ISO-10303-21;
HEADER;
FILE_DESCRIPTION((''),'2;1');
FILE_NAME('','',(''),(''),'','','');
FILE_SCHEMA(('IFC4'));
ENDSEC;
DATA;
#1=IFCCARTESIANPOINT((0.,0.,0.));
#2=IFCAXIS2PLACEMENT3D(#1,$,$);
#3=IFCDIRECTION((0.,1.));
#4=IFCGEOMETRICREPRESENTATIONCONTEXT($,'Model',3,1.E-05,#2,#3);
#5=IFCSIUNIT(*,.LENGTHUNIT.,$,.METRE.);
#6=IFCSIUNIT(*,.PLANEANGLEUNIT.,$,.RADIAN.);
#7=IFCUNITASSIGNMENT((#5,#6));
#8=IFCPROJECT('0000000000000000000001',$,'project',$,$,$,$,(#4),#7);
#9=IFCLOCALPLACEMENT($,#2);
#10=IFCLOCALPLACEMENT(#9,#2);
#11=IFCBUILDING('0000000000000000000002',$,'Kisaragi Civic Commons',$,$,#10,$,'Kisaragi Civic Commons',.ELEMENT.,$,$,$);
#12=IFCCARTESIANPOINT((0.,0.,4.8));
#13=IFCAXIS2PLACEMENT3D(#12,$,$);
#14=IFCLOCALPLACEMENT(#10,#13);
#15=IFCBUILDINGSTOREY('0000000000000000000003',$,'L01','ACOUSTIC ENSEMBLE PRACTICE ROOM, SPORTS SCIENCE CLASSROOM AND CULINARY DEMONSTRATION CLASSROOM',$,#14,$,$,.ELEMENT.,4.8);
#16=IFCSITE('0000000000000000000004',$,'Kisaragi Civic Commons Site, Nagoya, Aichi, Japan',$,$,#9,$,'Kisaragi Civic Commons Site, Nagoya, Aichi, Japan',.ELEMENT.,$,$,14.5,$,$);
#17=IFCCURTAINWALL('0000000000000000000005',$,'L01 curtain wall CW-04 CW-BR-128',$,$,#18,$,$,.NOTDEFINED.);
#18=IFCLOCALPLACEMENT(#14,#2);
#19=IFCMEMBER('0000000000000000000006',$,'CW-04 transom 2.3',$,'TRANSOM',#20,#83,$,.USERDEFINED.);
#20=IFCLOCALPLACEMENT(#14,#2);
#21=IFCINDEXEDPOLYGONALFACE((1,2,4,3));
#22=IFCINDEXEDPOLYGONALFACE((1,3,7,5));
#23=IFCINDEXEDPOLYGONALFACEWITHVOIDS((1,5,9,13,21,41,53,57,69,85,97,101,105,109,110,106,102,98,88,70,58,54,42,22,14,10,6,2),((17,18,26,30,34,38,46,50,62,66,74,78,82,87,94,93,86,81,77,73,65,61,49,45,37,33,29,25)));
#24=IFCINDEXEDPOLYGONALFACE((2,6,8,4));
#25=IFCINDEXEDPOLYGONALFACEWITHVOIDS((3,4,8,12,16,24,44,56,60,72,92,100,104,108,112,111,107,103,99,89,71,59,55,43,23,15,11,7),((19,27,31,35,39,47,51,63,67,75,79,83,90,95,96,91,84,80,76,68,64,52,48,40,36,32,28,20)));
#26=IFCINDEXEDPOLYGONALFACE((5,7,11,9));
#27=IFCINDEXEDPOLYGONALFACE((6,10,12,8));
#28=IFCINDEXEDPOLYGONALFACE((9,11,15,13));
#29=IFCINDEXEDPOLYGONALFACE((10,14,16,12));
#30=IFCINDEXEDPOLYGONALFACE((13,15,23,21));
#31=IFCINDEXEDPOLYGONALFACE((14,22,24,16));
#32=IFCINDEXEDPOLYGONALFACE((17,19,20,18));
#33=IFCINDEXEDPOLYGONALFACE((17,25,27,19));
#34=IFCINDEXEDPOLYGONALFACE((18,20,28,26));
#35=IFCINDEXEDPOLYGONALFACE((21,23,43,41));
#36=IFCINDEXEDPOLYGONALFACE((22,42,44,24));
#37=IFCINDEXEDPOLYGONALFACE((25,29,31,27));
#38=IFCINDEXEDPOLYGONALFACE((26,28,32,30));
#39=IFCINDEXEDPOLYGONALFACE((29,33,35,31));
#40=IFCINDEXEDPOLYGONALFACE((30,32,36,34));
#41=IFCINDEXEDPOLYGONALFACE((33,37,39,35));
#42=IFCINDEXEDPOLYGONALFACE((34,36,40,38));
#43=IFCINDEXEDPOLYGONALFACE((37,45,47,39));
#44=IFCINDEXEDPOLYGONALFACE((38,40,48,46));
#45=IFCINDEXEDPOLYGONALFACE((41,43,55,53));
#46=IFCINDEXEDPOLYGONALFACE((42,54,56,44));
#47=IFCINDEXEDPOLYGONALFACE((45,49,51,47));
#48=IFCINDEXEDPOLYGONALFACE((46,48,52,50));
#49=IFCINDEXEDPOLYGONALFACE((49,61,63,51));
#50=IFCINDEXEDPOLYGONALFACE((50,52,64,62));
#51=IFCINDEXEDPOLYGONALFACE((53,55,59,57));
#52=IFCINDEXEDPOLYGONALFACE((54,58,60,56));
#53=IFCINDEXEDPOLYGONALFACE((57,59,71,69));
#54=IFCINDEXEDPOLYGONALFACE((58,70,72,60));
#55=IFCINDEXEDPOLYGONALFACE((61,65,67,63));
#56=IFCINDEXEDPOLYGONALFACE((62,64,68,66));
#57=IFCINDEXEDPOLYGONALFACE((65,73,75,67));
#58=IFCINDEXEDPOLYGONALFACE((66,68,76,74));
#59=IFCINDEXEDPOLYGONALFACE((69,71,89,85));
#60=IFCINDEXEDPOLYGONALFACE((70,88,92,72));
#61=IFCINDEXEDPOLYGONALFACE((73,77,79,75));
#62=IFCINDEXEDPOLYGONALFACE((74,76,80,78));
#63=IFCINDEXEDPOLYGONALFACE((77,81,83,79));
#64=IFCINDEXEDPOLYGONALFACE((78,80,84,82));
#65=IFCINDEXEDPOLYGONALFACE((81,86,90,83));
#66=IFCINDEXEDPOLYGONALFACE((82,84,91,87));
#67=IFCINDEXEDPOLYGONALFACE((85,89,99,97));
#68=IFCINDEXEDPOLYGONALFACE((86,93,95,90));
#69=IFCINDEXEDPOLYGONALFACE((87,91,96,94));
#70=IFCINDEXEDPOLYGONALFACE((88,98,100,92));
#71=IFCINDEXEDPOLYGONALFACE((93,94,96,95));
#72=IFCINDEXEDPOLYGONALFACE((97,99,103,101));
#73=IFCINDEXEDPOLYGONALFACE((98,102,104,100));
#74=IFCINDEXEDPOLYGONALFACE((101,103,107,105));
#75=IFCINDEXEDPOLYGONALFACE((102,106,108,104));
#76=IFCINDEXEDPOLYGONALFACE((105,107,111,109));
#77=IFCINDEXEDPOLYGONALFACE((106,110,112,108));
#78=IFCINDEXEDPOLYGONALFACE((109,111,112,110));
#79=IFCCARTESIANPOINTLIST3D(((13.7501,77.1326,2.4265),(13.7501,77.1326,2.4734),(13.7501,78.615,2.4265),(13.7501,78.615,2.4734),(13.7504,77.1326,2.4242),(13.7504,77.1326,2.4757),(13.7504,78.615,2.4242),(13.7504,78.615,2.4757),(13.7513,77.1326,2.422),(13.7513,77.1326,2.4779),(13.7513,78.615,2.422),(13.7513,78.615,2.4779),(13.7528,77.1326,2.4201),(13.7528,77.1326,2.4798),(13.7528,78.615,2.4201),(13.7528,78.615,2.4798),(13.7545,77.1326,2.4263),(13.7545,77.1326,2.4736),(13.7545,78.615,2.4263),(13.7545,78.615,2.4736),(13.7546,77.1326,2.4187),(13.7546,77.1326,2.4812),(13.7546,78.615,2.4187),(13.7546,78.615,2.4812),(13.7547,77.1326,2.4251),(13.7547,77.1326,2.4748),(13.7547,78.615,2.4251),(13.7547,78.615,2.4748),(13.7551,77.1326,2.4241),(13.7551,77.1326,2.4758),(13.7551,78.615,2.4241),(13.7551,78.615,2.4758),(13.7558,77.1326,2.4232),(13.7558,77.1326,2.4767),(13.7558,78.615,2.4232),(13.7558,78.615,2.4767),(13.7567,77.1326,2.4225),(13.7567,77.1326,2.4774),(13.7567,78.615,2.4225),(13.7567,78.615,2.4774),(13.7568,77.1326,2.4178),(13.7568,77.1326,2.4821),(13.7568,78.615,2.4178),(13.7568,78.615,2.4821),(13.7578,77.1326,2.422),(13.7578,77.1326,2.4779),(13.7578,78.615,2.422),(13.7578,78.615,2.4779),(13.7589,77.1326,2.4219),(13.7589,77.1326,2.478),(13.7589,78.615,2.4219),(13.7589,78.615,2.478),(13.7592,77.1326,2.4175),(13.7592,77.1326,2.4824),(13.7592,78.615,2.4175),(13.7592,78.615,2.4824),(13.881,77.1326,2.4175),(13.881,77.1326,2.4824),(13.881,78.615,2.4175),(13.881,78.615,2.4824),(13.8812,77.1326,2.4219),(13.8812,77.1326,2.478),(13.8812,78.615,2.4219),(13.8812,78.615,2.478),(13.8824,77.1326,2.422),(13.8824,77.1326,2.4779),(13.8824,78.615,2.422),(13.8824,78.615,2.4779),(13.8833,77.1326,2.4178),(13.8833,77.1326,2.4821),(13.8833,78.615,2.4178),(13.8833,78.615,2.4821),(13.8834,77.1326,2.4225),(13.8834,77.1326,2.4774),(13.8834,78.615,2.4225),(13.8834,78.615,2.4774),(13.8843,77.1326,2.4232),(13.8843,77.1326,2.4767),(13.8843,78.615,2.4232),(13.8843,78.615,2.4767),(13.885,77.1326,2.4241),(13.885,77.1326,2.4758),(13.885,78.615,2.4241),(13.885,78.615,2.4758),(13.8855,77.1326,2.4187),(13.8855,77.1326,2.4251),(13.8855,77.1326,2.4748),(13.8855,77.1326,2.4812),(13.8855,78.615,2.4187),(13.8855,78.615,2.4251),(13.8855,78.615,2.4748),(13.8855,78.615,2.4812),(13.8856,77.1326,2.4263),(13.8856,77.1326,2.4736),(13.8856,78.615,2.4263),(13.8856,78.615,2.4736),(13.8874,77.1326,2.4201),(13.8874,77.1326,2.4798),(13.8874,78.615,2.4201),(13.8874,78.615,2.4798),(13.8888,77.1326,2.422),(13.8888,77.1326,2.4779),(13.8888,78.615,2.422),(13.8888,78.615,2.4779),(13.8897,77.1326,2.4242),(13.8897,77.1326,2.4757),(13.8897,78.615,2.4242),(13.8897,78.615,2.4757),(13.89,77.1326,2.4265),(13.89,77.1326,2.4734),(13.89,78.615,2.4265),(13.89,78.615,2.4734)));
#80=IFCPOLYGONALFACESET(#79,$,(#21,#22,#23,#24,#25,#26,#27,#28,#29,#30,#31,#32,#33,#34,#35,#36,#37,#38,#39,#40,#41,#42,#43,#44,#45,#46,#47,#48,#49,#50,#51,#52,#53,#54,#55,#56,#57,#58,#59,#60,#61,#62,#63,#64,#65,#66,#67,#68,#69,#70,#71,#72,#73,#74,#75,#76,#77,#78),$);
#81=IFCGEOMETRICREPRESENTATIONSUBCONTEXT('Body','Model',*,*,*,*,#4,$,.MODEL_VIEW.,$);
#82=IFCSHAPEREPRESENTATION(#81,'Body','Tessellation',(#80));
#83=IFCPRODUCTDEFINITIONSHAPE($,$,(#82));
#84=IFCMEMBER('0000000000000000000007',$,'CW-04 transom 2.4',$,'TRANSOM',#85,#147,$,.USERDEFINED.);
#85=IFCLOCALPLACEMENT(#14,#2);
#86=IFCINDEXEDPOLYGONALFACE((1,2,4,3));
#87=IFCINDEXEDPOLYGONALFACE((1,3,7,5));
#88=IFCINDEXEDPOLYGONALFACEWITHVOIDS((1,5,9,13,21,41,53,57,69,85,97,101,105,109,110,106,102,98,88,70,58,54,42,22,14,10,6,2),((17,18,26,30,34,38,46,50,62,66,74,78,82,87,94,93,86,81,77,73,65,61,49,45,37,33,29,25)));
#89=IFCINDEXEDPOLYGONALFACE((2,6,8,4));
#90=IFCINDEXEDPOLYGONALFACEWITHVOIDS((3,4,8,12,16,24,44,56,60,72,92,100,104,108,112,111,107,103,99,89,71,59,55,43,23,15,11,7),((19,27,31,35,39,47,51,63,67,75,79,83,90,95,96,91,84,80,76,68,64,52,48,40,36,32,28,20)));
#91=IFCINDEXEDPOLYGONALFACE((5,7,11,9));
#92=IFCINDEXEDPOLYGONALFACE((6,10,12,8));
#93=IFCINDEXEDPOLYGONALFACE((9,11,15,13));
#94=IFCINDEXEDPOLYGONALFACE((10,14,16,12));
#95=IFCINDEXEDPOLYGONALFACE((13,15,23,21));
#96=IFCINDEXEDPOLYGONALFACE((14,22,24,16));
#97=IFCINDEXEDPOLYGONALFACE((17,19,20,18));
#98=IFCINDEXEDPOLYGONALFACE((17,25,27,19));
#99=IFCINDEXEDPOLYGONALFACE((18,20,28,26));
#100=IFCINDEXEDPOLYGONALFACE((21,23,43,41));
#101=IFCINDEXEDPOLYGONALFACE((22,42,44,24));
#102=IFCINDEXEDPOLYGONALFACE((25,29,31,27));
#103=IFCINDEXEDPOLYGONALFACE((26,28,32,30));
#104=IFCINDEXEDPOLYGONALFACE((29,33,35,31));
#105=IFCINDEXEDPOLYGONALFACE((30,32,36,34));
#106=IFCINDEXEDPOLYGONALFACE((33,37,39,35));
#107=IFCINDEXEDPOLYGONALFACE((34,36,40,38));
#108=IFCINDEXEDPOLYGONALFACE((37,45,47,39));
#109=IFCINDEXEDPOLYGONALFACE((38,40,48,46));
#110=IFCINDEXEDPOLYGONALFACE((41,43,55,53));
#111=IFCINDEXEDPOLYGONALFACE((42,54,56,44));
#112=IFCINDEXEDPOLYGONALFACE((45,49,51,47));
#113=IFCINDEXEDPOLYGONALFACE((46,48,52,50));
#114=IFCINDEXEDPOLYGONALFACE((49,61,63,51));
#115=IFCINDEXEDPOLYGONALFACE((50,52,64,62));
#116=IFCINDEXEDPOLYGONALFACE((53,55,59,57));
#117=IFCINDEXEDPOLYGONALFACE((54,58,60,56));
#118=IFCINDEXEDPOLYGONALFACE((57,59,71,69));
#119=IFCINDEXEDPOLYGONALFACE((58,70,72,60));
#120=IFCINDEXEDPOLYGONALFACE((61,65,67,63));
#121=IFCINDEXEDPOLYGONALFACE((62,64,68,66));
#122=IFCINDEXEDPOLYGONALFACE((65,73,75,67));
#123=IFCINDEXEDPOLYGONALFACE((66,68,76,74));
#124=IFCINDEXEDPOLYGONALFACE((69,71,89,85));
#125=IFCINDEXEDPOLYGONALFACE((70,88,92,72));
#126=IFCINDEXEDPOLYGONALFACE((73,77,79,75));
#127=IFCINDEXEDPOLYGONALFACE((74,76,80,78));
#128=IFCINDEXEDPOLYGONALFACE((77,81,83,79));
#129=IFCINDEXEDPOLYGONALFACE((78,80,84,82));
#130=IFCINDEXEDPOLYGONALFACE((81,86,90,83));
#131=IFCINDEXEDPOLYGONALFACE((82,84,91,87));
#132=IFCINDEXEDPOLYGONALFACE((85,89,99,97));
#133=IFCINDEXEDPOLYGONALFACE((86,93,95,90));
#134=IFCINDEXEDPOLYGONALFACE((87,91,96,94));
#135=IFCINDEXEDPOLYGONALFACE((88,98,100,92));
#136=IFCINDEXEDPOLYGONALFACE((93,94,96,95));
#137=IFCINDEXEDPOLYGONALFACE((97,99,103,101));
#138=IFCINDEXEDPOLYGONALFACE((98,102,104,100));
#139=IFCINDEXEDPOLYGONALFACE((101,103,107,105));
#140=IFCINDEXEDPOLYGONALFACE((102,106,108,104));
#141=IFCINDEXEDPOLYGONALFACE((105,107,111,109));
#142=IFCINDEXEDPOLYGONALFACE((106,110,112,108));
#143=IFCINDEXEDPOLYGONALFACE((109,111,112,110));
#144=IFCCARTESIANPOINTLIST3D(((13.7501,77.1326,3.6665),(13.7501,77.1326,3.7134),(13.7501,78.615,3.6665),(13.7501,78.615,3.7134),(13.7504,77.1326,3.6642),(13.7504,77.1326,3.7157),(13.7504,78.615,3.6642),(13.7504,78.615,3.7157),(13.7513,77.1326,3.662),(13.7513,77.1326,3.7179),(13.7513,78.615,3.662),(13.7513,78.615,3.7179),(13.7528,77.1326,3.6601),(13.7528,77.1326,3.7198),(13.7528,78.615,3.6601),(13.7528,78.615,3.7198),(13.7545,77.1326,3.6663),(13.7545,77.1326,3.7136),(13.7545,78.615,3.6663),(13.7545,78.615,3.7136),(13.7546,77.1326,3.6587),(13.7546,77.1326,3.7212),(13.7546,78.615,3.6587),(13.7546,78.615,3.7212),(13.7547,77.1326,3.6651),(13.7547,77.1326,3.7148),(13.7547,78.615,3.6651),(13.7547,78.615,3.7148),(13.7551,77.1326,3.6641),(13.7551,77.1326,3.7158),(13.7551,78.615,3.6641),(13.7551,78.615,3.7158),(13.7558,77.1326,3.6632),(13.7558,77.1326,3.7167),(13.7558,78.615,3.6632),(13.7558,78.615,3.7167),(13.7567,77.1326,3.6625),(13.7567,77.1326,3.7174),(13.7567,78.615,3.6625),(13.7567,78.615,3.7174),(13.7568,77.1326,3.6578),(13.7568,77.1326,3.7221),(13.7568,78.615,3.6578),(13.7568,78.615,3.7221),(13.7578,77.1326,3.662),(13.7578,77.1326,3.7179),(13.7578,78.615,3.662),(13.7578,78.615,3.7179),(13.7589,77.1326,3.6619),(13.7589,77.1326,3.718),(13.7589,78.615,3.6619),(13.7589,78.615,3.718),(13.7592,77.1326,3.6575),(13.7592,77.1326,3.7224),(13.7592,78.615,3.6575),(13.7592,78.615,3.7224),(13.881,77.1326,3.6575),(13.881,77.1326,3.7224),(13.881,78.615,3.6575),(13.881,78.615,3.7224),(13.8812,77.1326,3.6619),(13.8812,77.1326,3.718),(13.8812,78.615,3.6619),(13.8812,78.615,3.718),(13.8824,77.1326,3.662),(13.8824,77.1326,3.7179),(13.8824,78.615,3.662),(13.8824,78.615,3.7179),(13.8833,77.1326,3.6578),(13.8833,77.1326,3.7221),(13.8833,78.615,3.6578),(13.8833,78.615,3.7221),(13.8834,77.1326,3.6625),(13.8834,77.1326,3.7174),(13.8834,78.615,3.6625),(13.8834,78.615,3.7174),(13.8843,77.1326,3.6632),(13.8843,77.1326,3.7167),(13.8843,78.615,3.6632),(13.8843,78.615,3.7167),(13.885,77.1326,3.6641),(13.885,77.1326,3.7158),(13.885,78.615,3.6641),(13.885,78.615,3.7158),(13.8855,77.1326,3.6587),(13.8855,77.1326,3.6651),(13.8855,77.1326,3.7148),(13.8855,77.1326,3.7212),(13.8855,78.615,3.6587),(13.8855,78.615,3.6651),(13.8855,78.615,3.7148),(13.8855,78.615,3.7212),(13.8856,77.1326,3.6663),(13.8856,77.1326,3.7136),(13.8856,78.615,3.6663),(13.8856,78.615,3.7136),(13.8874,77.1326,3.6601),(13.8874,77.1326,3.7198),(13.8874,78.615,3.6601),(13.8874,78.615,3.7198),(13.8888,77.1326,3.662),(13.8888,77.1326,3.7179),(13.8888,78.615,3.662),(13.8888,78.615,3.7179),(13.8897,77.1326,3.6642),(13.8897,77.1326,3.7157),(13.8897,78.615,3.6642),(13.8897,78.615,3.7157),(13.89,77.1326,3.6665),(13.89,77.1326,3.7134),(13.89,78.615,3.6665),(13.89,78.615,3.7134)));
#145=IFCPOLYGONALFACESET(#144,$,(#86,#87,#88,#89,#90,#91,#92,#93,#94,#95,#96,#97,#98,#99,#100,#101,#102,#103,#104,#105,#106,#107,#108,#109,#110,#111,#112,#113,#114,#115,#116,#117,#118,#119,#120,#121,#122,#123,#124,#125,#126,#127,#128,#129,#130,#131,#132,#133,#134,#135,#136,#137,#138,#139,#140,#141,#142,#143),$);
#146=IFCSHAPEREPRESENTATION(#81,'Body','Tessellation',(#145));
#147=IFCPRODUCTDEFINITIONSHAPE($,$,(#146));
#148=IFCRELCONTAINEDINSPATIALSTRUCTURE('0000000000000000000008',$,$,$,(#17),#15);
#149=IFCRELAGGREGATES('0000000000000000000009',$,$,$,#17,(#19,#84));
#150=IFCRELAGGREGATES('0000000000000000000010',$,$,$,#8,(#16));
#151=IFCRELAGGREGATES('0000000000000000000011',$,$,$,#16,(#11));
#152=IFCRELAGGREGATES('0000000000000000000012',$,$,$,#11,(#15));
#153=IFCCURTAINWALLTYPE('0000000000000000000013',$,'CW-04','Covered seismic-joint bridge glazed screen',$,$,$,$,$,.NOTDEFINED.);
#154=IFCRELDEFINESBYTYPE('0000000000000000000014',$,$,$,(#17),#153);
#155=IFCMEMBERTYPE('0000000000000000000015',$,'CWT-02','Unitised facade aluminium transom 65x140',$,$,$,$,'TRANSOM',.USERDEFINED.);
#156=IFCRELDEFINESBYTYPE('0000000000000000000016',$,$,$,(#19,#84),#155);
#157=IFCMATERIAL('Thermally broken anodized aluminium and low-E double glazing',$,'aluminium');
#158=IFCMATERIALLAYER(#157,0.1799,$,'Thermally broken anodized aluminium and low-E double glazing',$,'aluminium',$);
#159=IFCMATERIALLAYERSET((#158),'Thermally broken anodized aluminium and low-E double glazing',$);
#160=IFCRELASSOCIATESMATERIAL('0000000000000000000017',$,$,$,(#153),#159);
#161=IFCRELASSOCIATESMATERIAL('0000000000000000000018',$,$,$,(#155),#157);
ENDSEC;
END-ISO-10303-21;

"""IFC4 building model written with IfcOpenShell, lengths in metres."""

from ifc_helpers import new_model, si_unit, direction, frame, origin, origin_2d, place, context, subcontext, project, spatial, hollow_rectangle, extrude, material, layer, layer_set, material_profile, profile_set, type_object, element, aggregate, save


model = new_model("IFC4")

# Units and contexts
model_context = context("Model", 3, precision=1e-05, world=origin(), true_north=direction((0.0, 1.0)))
body_context = subcontext(model_context, "Body", "Model", "MODEL_VIEW")
ifc_project = project(units=[si_unit("LENGTHUNIT", "METRE"), si_unit("PLANEANGLEUNIT", "RADIAN")], contexts=[model_context])

# Site, building, storey
site_placement = place(None, origin())
site = spatial("IfcSite", under=ifc_project, at=site_placement, Name="Kisaragi Civic Commons Site, Nagoya, Aichi, Japan", LongName="Kisaragi Civic Commons Site, Nagoya, Aichi, Japan", CompositionType="ELEMENT", RefElevation=14.5)
building_placement = place(site_placement, origin())
building = spatial("IfcBuilding", under=site, at=building_placement, Name="Kisaragi Civic Commons", LongName="Kisaragi Civic Commons", CompositionType="ELEMENT")
storey_placement = place(building_placement, frame((0.0, 0.0, 4.8)))
storey = spatial("IfcBuildingStorey", under=building, at=storey_placement, Name="L01", Description="ACOUSTIC ENSEMBLE PRACTICE ROOM, SPORTS SCIENCE CLASSROOM AND CULINARY DEMONSTRATION CLASSROOM", CompositionType="ELEMENT", Elevation=4.8)

# Curtain wall
ifc_material_1 = material(Name="Thermally broken anodized aluminium and low-E double glazing", Category="aluminium")
ifc_layer_1 = layer(ifc_material_1, 0.1799, Name="Thermally broken anodized aluminium and low-E double glazing", Category="aluminium")
ifc_layer_set_1 = layer_set([ifc_layer_1], Name="Thermally broken anodized aluminium and low-E double glazing")
curtain_wall_type = type_object("IfcCurtainWallType", Name="CW-04", Description="Covered seismic-joint bridge glazed screen", PredefinedType="NOTDEFINED", material=ifc_layer_set_1)
curtain_wall_1_placement = place(storey_placement, origin())
curtain_wall_1 = element("IfcCurtainWall", 1, at=curtain_wall_1_placement, inside=storey, type_object=curtain_wall_type, Name="L01 curtain wall CW-04 CW-BR-128", PredefinedType="NOTDEFINED")

# Members
ifc_material_profile_1 = material_profile(ifc_material_1, hollow_rectangle(XDim=0.1399, YDim=0.0649, WallThickness=0.0044, InnerFilletRadius=0.0044, OuterFilletRadius=0.009, at=origin_2d()), Name="CWT-65x140x4.5", Category="aluminium")
ifc_profile_set_1 = profile_set([ifc_material_profile_1], Name="Thermally broken anodized aluminium and low-E double glazing")
member_type_1 = type_object("IfcMemberType", Name="CWT-02", Description="Unitised facade aluminium transom 65x140", ElementType="TRANSOM", PredefinedType="USERDEFINED", material=ifc_profile_set_1)
member_1_placement = place(storey_placement, frame((13.8201, 77.1326, 2.45), z_axis=(0.0, 1.0, 0.0), x_axis=(-1.0, 0.0, 0.0)))
member_1 = element("IfcMember", 2, at=member_1_placement, type_object=member_type_1, Name="CW-04 transom 2.3", ObjectType="TRANSOM", PredefinedType="USERDEFINED", context=body_context, shape_type="SweptSolid", body=[
    extrude(hollow_rectangle(XDim=0.1399, YDim=0.0649, WallThickness=0.0044, InnerFilletRadius=0.0044, OuterFilletRadius=0.009, at=origin_2d()), origin(), (0.0, 0.0, 1.0), 1.4824),
])
member_2_placement = place(storey_placement, frame((13.8201, 77.1326, 3.6899), z_axis=(0.0, 1.0, 0.0), x_axis=(-1.0, 0.0, 0.0)))
member_2 = element("IfcMember", 3, at=member_2_placement, type_object=member_type_1, Name="CW-04 transom 2.4", ObjectType="TRANSOM", PredefinedType="USERDEFINED", context=body_context, shape_type="SweptSolid", body=[
    extrude(hollow_rectangle(XDim=0.1399, YDim=0.0649, WallThickness=0.0044, InnerFilletRadius=0.0044, OuterFilletRadius=0.009, at=origin_2d()), origin(), (0.0, 0.0, 1.0), 1.4824),
])

aggregate(curtain_wall_1, [member_1, member_2])

save(model, "model.ifc")
